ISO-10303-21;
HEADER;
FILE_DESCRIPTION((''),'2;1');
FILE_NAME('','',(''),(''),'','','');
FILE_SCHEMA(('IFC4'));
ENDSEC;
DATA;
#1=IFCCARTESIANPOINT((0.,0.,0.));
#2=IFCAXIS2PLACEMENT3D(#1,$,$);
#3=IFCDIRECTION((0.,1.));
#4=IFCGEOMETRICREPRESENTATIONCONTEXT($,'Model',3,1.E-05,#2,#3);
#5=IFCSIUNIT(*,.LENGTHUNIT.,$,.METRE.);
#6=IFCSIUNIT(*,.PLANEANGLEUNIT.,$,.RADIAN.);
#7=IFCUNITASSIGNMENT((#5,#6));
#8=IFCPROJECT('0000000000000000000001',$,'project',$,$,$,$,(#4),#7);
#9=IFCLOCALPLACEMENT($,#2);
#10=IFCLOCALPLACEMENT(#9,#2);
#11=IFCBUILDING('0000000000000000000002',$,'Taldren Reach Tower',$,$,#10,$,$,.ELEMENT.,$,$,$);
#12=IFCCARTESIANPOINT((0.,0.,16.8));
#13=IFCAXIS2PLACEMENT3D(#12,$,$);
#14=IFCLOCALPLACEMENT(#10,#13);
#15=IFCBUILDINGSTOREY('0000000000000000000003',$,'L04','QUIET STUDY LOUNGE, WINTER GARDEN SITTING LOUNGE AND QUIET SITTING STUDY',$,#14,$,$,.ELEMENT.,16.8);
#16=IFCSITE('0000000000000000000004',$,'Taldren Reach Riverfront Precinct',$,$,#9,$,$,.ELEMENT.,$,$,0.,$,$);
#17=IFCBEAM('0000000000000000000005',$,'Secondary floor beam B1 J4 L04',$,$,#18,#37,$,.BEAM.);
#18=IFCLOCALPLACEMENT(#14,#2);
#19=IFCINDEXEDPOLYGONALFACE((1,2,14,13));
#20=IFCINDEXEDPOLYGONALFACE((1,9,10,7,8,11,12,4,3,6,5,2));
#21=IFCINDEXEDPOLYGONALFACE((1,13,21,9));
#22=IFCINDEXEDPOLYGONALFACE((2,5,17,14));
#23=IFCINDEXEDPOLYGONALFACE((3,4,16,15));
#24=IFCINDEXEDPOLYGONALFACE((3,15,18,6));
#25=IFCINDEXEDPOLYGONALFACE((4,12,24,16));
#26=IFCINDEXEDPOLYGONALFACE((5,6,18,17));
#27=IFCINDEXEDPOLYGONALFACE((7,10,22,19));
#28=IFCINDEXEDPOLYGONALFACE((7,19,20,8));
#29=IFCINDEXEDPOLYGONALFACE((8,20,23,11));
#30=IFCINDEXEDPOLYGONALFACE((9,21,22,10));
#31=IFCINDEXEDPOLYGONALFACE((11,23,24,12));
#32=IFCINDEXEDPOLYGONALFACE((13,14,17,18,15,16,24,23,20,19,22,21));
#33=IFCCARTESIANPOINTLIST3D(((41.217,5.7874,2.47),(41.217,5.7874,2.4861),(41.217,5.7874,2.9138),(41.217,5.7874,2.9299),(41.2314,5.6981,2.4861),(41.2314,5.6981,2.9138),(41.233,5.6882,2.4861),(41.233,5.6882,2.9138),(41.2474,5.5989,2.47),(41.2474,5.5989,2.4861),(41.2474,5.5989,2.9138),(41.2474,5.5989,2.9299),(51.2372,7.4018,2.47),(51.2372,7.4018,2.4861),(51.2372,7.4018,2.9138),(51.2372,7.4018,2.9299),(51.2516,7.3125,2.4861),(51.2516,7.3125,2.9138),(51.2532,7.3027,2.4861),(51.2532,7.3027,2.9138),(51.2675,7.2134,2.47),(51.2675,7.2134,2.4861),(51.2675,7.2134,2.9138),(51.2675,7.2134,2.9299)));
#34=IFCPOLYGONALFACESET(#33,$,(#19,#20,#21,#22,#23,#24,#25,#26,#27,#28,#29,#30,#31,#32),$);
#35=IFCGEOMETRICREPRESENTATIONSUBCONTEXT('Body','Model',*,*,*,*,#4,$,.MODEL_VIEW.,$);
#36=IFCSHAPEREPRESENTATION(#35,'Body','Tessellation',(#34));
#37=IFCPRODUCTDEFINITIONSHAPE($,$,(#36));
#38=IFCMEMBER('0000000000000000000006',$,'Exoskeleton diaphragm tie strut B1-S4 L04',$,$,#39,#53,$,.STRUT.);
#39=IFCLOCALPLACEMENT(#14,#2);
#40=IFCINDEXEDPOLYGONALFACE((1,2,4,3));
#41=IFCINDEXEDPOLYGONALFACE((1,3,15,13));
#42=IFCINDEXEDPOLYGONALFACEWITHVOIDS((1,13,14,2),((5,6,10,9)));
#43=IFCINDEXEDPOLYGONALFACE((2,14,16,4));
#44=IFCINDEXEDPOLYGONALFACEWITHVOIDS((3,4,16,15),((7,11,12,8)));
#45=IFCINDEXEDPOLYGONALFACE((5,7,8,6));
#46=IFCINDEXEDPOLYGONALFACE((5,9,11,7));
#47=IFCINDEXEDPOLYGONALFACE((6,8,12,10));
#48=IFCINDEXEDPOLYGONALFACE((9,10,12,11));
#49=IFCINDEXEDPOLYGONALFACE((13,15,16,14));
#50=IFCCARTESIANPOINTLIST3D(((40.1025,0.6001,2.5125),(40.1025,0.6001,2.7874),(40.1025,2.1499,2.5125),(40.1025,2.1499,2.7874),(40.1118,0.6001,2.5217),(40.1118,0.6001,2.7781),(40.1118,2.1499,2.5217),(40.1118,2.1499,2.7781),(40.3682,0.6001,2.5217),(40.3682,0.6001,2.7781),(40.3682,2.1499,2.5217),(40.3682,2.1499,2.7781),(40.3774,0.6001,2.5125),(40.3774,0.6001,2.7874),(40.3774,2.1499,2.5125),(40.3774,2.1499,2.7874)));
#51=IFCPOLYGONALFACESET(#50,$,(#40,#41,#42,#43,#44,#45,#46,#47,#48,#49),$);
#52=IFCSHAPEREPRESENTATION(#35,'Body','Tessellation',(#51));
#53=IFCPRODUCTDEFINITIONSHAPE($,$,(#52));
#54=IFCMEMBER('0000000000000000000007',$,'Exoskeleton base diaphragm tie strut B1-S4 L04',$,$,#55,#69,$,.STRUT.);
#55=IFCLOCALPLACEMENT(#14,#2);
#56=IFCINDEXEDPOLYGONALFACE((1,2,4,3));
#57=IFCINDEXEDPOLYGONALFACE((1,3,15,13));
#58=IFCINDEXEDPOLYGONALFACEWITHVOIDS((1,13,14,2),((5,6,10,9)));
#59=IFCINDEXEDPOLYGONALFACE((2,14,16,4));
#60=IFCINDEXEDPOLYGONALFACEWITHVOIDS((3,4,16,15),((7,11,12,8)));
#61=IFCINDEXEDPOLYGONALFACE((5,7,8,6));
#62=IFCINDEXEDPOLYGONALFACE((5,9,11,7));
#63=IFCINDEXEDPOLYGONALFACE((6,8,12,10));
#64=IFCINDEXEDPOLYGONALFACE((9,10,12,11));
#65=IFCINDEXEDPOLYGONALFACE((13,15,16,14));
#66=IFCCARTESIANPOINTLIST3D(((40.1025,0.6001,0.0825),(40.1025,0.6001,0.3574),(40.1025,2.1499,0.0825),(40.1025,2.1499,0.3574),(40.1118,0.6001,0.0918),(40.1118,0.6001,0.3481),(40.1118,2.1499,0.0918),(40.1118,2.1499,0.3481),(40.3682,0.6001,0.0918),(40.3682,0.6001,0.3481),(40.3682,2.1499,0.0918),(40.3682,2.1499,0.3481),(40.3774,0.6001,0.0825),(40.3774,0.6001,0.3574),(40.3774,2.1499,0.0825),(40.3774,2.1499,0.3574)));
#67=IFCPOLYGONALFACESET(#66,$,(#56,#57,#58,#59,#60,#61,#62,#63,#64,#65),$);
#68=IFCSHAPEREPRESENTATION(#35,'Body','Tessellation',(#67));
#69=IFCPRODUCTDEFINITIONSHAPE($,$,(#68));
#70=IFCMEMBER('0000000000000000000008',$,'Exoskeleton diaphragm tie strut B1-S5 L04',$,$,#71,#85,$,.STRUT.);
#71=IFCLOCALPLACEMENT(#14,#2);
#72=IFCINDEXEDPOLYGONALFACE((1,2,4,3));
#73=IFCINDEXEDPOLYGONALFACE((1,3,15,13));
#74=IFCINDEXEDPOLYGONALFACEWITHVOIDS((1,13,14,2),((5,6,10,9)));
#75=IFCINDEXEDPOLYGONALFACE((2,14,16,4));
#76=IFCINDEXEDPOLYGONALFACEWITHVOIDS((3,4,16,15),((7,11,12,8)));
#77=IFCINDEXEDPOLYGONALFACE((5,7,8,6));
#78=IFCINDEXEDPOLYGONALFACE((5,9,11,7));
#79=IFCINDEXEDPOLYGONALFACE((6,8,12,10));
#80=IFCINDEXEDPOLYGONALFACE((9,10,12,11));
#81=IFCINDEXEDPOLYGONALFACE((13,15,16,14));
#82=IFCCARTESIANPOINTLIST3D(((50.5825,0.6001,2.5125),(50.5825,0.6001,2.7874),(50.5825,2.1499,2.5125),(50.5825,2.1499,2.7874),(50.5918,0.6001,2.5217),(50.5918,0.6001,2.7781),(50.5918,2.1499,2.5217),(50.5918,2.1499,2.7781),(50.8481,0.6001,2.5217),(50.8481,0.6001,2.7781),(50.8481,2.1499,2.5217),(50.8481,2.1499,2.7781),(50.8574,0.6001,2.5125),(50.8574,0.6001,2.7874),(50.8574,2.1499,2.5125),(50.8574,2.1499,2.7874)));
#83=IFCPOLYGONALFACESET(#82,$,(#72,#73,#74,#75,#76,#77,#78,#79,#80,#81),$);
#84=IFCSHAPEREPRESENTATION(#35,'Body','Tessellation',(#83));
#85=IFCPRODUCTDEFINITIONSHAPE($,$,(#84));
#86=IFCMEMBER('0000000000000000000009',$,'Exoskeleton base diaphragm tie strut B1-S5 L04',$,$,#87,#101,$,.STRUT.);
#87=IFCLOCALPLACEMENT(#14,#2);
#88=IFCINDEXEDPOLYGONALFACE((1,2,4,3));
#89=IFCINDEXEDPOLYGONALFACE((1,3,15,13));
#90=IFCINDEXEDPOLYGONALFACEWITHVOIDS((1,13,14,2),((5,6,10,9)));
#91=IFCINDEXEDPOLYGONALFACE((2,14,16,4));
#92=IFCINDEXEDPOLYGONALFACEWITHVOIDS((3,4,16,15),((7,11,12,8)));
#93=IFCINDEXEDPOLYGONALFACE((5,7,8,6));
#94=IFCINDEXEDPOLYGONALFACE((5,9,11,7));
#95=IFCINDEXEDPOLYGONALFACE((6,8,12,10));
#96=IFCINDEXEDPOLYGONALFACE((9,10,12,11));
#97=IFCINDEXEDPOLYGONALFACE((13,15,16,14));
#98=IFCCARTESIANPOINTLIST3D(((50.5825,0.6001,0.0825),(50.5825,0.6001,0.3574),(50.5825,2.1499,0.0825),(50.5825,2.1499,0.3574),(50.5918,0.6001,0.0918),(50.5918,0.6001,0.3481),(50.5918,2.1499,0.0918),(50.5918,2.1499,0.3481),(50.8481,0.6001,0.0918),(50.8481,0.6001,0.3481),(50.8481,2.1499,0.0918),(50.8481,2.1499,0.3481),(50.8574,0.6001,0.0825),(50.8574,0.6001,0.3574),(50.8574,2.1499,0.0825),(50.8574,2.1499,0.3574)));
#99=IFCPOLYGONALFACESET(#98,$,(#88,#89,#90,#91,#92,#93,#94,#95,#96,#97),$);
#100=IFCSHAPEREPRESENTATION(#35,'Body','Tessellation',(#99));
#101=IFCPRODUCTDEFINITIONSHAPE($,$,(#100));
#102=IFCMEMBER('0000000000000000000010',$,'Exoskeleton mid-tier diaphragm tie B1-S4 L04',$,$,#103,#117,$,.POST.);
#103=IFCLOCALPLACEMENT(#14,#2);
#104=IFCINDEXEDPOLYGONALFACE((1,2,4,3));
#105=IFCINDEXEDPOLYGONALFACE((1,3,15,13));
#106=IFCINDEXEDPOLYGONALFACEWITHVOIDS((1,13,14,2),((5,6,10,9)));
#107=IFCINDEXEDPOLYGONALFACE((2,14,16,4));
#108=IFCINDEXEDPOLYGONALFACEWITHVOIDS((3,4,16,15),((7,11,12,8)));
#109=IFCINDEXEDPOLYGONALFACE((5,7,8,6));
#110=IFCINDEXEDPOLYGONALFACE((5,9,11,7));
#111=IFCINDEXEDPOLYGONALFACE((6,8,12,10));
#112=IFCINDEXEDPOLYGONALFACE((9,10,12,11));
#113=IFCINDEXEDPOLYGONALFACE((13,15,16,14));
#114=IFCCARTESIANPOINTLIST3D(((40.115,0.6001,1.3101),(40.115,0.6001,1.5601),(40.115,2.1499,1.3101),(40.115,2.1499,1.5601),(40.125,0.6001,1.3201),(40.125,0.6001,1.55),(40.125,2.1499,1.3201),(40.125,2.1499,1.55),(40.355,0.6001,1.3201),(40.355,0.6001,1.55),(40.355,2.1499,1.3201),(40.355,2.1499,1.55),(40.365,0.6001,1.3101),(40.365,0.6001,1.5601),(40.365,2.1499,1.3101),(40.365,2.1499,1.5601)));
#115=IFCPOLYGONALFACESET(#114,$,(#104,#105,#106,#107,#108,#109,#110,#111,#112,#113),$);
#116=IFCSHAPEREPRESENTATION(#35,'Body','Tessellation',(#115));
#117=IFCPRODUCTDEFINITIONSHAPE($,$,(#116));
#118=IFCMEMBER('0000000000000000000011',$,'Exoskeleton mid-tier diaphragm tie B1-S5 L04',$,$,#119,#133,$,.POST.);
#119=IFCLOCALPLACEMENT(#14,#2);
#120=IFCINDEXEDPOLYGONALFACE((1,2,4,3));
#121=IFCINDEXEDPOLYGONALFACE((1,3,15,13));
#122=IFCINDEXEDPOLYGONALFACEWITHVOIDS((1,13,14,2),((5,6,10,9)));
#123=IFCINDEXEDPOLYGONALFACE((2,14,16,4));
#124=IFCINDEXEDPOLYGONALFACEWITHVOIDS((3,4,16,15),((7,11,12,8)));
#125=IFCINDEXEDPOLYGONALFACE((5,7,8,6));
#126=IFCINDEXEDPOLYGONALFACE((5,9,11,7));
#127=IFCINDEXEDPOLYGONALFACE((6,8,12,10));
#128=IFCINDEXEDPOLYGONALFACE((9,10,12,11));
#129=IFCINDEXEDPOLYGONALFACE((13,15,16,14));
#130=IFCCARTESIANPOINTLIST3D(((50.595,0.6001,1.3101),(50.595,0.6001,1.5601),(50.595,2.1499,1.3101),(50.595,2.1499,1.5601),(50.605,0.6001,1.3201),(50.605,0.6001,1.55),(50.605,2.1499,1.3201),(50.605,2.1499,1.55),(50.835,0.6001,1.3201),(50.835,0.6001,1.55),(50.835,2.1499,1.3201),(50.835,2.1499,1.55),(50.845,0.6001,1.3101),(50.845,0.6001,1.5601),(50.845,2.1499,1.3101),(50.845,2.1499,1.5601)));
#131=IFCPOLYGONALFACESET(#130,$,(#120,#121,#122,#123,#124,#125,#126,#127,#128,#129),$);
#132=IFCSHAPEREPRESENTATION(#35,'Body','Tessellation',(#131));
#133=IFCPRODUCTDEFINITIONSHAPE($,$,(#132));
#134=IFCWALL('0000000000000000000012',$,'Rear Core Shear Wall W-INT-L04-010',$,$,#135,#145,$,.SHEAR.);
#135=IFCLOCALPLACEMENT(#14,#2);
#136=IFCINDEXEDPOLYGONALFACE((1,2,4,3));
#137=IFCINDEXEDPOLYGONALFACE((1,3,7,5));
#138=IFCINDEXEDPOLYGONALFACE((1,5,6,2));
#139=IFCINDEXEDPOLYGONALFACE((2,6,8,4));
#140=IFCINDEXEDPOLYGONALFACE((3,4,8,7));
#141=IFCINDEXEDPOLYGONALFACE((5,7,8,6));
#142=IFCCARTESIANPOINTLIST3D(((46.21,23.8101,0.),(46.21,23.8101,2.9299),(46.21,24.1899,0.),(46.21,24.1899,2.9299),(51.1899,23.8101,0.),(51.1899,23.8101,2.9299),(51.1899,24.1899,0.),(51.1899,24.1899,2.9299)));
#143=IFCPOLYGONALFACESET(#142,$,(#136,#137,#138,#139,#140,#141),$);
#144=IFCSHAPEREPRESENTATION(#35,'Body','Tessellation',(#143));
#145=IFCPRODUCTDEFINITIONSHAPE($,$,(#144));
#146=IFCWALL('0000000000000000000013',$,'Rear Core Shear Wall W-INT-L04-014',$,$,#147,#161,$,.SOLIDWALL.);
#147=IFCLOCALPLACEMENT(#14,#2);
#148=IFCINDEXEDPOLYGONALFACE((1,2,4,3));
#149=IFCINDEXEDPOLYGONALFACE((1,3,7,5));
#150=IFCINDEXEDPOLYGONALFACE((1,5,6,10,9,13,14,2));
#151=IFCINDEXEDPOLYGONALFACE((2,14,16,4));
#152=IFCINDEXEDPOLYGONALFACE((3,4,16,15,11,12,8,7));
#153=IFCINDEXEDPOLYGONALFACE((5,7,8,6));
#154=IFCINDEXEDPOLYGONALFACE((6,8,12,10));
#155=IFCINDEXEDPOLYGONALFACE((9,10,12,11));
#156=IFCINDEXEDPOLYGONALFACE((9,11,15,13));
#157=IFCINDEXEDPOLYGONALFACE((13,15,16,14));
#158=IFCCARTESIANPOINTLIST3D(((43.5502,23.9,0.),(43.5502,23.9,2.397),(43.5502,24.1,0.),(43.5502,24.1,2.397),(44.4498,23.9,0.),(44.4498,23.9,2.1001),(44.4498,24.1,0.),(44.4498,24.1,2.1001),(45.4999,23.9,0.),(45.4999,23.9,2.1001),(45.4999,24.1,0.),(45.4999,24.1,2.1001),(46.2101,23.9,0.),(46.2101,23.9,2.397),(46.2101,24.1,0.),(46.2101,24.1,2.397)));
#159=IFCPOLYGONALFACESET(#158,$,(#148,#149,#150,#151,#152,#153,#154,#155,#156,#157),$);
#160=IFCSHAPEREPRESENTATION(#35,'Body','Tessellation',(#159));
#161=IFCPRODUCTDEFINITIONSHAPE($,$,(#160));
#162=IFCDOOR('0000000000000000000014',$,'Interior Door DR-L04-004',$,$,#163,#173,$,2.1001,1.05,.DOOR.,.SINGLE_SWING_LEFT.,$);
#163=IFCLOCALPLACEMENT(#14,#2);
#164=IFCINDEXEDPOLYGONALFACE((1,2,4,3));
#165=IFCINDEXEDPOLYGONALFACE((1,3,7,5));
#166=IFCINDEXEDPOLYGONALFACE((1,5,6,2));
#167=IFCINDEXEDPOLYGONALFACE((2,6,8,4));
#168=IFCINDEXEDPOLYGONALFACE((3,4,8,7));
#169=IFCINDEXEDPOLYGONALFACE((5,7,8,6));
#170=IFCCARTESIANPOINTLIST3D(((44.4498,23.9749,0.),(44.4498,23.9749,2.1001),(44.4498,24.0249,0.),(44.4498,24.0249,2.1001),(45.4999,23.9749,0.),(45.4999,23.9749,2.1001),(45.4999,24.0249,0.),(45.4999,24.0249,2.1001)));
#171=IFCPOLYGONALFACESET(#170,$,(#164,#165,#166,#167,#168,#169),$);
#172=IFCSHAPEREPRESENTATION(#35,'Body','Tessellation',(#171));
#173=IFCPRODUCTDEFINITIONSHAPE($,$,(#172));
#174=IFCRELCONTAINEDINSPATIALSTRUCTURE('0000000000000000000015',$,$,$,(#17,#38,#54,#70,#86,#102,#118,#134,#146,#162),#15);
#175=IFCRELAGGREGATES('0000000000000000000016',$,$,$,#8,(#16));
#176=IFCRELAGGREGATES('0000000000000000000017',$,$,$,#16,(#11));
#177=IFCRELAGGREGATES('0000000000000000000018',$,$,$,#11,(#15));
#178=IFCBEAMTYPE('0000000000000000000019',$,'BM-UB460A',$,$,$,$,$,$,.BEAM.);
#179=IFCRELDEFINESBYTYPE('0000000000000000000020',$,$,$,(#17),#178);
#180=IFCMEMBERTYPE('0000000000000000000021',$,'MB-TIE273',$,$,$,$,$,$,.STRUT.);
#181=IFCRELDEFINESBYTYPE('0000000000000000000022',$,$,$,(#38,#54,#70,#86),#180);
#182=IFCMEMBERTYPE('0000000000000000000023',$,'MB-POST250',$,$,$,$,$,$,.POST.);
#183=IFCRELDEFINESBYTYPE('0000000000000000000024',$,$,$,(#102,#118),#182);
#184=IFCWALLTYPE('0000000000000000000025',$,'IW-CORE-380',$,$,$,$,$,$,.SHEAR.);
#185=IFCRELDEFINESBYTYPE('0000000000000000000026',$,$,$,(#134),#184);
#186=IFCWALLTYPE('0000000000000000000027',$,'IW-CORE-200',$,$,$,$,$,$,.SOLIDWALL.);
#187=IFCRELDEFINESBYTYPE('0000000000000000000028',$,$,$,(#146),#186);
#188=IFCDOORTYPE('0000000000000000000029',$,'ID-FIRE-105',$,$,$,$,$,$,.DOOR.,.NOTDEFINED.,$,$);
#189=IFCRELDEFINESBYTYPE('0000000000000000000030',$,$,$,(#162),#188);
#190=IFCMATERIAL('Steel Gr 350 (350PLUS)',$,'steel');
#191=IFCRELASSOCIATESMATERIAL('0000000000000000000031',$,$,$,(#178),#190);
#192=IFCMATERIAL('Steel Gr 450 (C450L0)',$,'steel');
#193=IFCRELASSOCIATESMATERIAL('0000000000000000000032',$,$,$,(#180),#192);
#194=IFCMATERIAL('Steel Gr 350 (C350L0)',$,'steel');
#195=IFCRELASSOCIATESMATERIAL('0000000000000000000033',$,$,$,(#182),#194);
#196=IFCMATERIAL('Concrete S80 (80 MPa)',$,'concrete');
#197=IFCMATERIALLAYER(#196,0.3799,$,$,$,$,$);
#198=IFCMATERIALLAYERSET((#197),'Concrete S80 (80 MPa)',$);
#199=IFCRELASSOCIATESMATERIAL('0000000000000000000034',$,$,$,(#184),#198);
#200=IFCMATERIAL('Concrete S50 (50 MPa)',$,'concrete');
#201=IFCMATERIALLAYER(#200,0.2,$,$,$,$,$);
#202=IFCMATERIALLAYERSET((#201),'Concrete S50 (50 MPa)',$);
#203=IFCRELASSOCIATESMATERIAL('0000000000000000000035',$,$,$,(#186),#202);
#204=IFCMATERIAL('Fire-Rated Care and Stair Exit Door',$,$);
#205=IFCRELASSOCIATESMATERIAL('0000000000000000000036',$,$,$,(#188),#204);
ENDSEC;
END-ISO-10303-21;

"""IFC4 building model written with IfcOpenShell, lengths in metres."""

from ifc_helpers import new_model, si_unit, direction, frame, frame_2d, origin, origin_2d, place, context, subcontext, project, spatial, rectangle, hollow_rectangle, i_section, extrude, source, transform, mapped, material, layer, layer_set, material_profile, profile_set, type_object, element, fill, save


model = new_model("IFC4")

# Units and contexts
model_context = context("Model", 3, precision=1e-05, world=origin(), true_north=direction((0.0, 1.0)))
body_context = subcontext(model_context, "Body", "Model", "MODEL_VIEW")
ifc_project = project(units=[si_unit("LENGTHUNIT", "METRE"), si_unit("PLANEANGLEUNIT", "RADIAN")], contexts=[model_context])

# Site, building, storey
site_placement = place(None, origin())
site = spatial("IfcSite", under=ifc_project, at=site_placement, Name="Taldren Reach Riverfront Precinct", CompositionType="ELEMENT", RefElevation=0.0)
building_placement = place(site_placement, origin())
building = spatial("IfcBuilding", under=site, at=building_placement, Name="Taldren Reach Tower", CompositionType="ELEMENT")
storey_placement = place(building_placement, frame((0.0, 0.0, 16.8)))
storey = spatial("IfcBuildingStorey", under=building, at=storey_placement, Name="L04", Description="QUIET STUDY LOUNGE, WINTER GARDEN SITTING LOUNGE AND QUIET SITTING STUDY", CompositionType="ELEMENT", Elevation=16.8)

# Shared definitions
ifc_material_1 = material(Name="Steel Gr 350 (350PLUS)", Category="steel")
ifc_material_2 = material(Name="Concrete S80 (80 MPa)", Category="concrete")

# Beam
ifc_material_profile_1 = material_profile(ifc_material_1, i_section(OverallWidth=0.1909, OverallDepth=0.46, WebThickness=0.01, FlangeThickness=0.0161, at=origin_2d()), Name="460UB82.1")
ifc_profile_set_1 = profile_set([ifc_material_profile_1], Name="Steel Gr 350 (350PLUS)")
beam_type_1 = type_object("IfcBeamType", Name="BM-UB460A", PredefinedType="BEAM", material=ifc_profile_set_1)
shared_shape_1 = source(origin(), body_context, "Body", "SweptSolid", [
    extrude(i_section(OverallWidth=0.1909, OverallDepth=0.46, WebThickness=0.01, FlangeThickness=0.0161, at=origin_2d()), origin(), (0.0, 0.0, 1.0), 10.1494),
])
beam_1_placement = place(storey_placement, frame((41.2322, 5.6931, 2.7), z_axis=(0.987267, 0.159072, 0.0), x_axis=(-0.159072, 0.987267, 0.0)))
element("IfcBeam", 1, at=beam_1_placement, inside=storey, type_object=beam_type_1, Name="Secondary floor beam B1 J4 L04", PredefinedType="BEAM", context=body_context, shape_type="MappedRepresentation", body=[
    mapped(shared_shape_1, transform((0.0, 0.0, 0.0), scale=1.0)),
])

# Members
ifc_material_3 = material(Name="Steel Gr 450 (C450L0)", Category="steel")
ifc_material_profile_2 = material_profile(ifc_material_3, hollow_rectangle(XDim=0.2749, YDim=0.2749, WallThickness=0.0093, at=origin_2d()), Name="275x275x9.3SHS")
ifc_profile_set_2 = profile_set([ifc_material_profile_2], Name="Steel Gr 450 (C450L0)")
member_type_1 = type_object("IfcMemberType", Name="MB-TIE273", PredefinedType="STRUT", material=ifc_profile_set_2)
shared_shape_2 = source(origin(), body_context, "Body", "SweptSolid", [
    extrude(hollow_rectangle(XDim=0.2749, YDim=0.2749, WallThickness=0.0093, at=origin_2d()), origin(), (0.0, 0.0, 1.0), 1.5498),
])
for number, where, z_axis, x_axis, name in (
    (2, (40.24, 2.1499, 2.6499), (0.0, -1.0, 0.0), (1.0, 0.0, 0.0), "Exoskeleton diaphragm tie strut B1-S4 L04"),
    (3, (40.24, 2.1499, 0.22), (0.0, -1.0, 0.0), (1.0, 0.0, 0.0), "Exoskeleton base diaphragm tie strut B1-S4 L04"),
    (4, (50.72, 2.1499, 2.6499), (0.0, -1.0, 0.0), (1.0, 0.0, 0.0), "Exoskeleton diaphragm tie strut B1-S5 L04"),
    (5, (50.72, 2.1499, 0.22), (0.0, -1.0, 0.0), (1.0, 0.0, 0.0), "Exoskeleton base diaphragm tie strut B1-S5 L04"),
):
    element("IfcMember", number, at=place(storey_placement, frame(where, z_axis=z_axis, x_axis=x_axis)), inside=storey, type_object=member_type_1, Name=name, PredefinedType="STRUT", context=body_context, shape_type="MappedRepresentation", body=[
        mapped(shared_shape_2, transform((0.0, 0.0, 0.0), scale=1.0)),
    ])
ifc_material_4 = material(Name="Steel Gr 350 (C350L0)", Category="steel")
ifc_material_profile_3 = material_profile(ifc_material_4, hollow_rectangle(XDim=0.25, YDim=0.25, WallThickness=0.01, at=origin_2d()), Name="250x250x10.0SHS")
ifc_profile_set_3 = profile_set([ifc_material_profile_3], Name="Steel Gr 350 (C350L0)")
member_type_2 = type_object("IfcMemberType", Name="MB-POST250", PredefinedType="POST", material=ifc_profile_set_3)
shared_shape_3 = source(origin(), body_context, "Body", "SweptSolid", [
    extrude(hollow_rectangle(XDim=0.25, YDim=0.25, WallThickness=0.01, at=origin_2d()), origin(), (0.0, 0.0, 1.0), 1.5498),
])
for number, where, z_axis, x_axis, name in (
    (6, (40.24, 2.1499, 1.4351), (0.0, -1.0, 0.0), (1.0, 0.0, 0.0), "Exoskeleton mid-tier diaphragm tie B1-S4 L04"),
    (7, (50.72, 2.1499, 1.4351), (0.0, -1.0, 0.0), (1.0, 0.0, 0.0), "Exoskeleton mid-tier diaphragm tie B1-S5 L04"),
):
    element("IfcMember", number, at=place(storey_placement, frame(where, z_axis=z_axis, x_axis=x_axis)), inside=storey, type_object=member_type_2, Name=name, PredefinedType="POST", context=body_context, shape_type="MappedRepresentation", body=[
        mapped(shared_shape_3, transform((0.0, 0.0, 0.0), scale=1.0)),
    ])

# Wall
ifc_layer_1 = layer(ifc_material_2, 0.3799)
ifc_layer_set_1 = layer_set([ifc_layer_1], Name="Concrete S80 (80 MPa)")
wall_type_1 = type_object("IfcWallType", Name="IW-CORE-380", PredefinedType="SHEAR", material=ifc_layer_set_1)
shared_shape_4 = source(origin(), body_context, "Body", "SweptSolid", [
    extrude(rectangle(XDim=4.98, YDim=0.3799, at=frame_2d((2.49, 0.0))), origin(), (0.0, 0.0, 1.0), 2.9299),
])
wall_1_placement = place(storey_placement, frame((46.21, 24.0, 0.0), z_axis=(0.0, 0.0, 1.0), x_axis=(1.0, 0.0, 0.0)))
element("IfcWall", 8, at=wall_1_placement, inside=storey, type_object=wall_type_1, Name="Rear Core Shear Wall W-INT-L04-010", PredefinedType="SHEAR", context=body_context, shape_type="MappedRepresentation", body=[
    mapped(shared_shape_4, transform((0.0, 0.0, 0.0), scale=1.0)),
])

# Wall, opening, door
ifc_material_5 = material(Name="Concrete S50 (50 MPa)", Category="concrete")
ifc_layer_2 = layer(ifc_material_5, 0.2)
ifc_layer_set_2 = layer_set([ifc_layer_2], Name="Concrete S50 (50 MPa)")
wall_type_2 = type_object("IfcWallType", Name="IW-CORE-200", PredefinedType="SOLIDWALL", material=ifc_layer_set_2)
shared_shape_5 = source(origin(), body_context, "Body", "SweptSolid", [
    extrude(rectangle(XDim=2.6599, YDim=0.2, at=frame_2d((1.3301, 0.0))), origin(), (0.0, 0.0, 1.0), 2.397),
])
wall_2_placement = place(storey_placement, frame((43.55, 24.0, 0.0), z_axis=(0.0, 0.0, 1.0), x_axis=(1.0, 0.0, 0.0)))
wall_2 = element("IfcWall", 9, at=wall_2_placement, inside=storey, type_object=wall_type_2, Name="Rear Core Shear Wall W-INT-L04-014", PredefinedType="SOLIDWALL", context=body_context, shape_type="MappedRepresentation", body=[
    mapped(shared_shape_5, transform((0.0, 0.0, 0.0), scale=1.0)),
])
shared_shape_6 = source(origin(), body_context, "Body", "SweptSolid", [
    extrude(rectangle(XDim=1.05, YDim=2.1001, at=frame_2d((0.5249, 1.05))), frame((0.0, 0.1099, 0.0), z_axis=(0.0, -1.0, 0.0), x_axis=(1.0, 0.0, 0.0)), (0.0, 0.0, 1.0), 0.22),
])
opening_1_placement = place(wall_2_placement, frame((0.8999, 0.0, 0.0)))
opening_1 = element("IfcOpeningElement", 10, at=opening_1_placement, cuts=wall_2, PredefinedType="OPENING", context=body_context, shape_type="MappedRepresentation", body=[
    mapped(shared_shape_6, transform((0.0, 0.0, 0.0), scale=1.0)),
])
ifc_material_6 = material(Name="Fire-Rated Care and Stair Exit Door")
door_type_1 = type_object("IfcDoorType", Name="ID-FIRE-105", OperationType="NOTDEFINED", PredefinedType="DOOR", material=ifc_material_6)
shared_shape_7 = source(origin(), body_context, "Body", "SweptSolid", [
    extrude(rectangle(XDim=1.05, YDim=2.1001, at=frame_2d((0.5249, 1.05))), frame((0.0, 0.0249, 0.0), z_axis=(0.0, -1.0, 0.0), x_axis=(1.0, 0.0, 0.0)), (0.0, 0.0, 1.0), 0.05),
])
door_1_placement = place(opening_1_placement, origin())
door_1 = element("IfcDoor", 11, at=door_1_placement, inside=storey, type_object=door_type_1, Name="Interior Door DR-L04-004", OperationType="SINGLE_SWING_LEFT", OverallHeight=2.1001, OverallWidth=1.05, PredefinedType="DOOR", context=body_context, shape_type="MappedRepresentation", body=[
    mapped(shared_shape_7, transform((0.0, 0.0, 0.0), scale=1.0)),
])
fill(opening_1, door_1)

save(model, "model.ifc")
